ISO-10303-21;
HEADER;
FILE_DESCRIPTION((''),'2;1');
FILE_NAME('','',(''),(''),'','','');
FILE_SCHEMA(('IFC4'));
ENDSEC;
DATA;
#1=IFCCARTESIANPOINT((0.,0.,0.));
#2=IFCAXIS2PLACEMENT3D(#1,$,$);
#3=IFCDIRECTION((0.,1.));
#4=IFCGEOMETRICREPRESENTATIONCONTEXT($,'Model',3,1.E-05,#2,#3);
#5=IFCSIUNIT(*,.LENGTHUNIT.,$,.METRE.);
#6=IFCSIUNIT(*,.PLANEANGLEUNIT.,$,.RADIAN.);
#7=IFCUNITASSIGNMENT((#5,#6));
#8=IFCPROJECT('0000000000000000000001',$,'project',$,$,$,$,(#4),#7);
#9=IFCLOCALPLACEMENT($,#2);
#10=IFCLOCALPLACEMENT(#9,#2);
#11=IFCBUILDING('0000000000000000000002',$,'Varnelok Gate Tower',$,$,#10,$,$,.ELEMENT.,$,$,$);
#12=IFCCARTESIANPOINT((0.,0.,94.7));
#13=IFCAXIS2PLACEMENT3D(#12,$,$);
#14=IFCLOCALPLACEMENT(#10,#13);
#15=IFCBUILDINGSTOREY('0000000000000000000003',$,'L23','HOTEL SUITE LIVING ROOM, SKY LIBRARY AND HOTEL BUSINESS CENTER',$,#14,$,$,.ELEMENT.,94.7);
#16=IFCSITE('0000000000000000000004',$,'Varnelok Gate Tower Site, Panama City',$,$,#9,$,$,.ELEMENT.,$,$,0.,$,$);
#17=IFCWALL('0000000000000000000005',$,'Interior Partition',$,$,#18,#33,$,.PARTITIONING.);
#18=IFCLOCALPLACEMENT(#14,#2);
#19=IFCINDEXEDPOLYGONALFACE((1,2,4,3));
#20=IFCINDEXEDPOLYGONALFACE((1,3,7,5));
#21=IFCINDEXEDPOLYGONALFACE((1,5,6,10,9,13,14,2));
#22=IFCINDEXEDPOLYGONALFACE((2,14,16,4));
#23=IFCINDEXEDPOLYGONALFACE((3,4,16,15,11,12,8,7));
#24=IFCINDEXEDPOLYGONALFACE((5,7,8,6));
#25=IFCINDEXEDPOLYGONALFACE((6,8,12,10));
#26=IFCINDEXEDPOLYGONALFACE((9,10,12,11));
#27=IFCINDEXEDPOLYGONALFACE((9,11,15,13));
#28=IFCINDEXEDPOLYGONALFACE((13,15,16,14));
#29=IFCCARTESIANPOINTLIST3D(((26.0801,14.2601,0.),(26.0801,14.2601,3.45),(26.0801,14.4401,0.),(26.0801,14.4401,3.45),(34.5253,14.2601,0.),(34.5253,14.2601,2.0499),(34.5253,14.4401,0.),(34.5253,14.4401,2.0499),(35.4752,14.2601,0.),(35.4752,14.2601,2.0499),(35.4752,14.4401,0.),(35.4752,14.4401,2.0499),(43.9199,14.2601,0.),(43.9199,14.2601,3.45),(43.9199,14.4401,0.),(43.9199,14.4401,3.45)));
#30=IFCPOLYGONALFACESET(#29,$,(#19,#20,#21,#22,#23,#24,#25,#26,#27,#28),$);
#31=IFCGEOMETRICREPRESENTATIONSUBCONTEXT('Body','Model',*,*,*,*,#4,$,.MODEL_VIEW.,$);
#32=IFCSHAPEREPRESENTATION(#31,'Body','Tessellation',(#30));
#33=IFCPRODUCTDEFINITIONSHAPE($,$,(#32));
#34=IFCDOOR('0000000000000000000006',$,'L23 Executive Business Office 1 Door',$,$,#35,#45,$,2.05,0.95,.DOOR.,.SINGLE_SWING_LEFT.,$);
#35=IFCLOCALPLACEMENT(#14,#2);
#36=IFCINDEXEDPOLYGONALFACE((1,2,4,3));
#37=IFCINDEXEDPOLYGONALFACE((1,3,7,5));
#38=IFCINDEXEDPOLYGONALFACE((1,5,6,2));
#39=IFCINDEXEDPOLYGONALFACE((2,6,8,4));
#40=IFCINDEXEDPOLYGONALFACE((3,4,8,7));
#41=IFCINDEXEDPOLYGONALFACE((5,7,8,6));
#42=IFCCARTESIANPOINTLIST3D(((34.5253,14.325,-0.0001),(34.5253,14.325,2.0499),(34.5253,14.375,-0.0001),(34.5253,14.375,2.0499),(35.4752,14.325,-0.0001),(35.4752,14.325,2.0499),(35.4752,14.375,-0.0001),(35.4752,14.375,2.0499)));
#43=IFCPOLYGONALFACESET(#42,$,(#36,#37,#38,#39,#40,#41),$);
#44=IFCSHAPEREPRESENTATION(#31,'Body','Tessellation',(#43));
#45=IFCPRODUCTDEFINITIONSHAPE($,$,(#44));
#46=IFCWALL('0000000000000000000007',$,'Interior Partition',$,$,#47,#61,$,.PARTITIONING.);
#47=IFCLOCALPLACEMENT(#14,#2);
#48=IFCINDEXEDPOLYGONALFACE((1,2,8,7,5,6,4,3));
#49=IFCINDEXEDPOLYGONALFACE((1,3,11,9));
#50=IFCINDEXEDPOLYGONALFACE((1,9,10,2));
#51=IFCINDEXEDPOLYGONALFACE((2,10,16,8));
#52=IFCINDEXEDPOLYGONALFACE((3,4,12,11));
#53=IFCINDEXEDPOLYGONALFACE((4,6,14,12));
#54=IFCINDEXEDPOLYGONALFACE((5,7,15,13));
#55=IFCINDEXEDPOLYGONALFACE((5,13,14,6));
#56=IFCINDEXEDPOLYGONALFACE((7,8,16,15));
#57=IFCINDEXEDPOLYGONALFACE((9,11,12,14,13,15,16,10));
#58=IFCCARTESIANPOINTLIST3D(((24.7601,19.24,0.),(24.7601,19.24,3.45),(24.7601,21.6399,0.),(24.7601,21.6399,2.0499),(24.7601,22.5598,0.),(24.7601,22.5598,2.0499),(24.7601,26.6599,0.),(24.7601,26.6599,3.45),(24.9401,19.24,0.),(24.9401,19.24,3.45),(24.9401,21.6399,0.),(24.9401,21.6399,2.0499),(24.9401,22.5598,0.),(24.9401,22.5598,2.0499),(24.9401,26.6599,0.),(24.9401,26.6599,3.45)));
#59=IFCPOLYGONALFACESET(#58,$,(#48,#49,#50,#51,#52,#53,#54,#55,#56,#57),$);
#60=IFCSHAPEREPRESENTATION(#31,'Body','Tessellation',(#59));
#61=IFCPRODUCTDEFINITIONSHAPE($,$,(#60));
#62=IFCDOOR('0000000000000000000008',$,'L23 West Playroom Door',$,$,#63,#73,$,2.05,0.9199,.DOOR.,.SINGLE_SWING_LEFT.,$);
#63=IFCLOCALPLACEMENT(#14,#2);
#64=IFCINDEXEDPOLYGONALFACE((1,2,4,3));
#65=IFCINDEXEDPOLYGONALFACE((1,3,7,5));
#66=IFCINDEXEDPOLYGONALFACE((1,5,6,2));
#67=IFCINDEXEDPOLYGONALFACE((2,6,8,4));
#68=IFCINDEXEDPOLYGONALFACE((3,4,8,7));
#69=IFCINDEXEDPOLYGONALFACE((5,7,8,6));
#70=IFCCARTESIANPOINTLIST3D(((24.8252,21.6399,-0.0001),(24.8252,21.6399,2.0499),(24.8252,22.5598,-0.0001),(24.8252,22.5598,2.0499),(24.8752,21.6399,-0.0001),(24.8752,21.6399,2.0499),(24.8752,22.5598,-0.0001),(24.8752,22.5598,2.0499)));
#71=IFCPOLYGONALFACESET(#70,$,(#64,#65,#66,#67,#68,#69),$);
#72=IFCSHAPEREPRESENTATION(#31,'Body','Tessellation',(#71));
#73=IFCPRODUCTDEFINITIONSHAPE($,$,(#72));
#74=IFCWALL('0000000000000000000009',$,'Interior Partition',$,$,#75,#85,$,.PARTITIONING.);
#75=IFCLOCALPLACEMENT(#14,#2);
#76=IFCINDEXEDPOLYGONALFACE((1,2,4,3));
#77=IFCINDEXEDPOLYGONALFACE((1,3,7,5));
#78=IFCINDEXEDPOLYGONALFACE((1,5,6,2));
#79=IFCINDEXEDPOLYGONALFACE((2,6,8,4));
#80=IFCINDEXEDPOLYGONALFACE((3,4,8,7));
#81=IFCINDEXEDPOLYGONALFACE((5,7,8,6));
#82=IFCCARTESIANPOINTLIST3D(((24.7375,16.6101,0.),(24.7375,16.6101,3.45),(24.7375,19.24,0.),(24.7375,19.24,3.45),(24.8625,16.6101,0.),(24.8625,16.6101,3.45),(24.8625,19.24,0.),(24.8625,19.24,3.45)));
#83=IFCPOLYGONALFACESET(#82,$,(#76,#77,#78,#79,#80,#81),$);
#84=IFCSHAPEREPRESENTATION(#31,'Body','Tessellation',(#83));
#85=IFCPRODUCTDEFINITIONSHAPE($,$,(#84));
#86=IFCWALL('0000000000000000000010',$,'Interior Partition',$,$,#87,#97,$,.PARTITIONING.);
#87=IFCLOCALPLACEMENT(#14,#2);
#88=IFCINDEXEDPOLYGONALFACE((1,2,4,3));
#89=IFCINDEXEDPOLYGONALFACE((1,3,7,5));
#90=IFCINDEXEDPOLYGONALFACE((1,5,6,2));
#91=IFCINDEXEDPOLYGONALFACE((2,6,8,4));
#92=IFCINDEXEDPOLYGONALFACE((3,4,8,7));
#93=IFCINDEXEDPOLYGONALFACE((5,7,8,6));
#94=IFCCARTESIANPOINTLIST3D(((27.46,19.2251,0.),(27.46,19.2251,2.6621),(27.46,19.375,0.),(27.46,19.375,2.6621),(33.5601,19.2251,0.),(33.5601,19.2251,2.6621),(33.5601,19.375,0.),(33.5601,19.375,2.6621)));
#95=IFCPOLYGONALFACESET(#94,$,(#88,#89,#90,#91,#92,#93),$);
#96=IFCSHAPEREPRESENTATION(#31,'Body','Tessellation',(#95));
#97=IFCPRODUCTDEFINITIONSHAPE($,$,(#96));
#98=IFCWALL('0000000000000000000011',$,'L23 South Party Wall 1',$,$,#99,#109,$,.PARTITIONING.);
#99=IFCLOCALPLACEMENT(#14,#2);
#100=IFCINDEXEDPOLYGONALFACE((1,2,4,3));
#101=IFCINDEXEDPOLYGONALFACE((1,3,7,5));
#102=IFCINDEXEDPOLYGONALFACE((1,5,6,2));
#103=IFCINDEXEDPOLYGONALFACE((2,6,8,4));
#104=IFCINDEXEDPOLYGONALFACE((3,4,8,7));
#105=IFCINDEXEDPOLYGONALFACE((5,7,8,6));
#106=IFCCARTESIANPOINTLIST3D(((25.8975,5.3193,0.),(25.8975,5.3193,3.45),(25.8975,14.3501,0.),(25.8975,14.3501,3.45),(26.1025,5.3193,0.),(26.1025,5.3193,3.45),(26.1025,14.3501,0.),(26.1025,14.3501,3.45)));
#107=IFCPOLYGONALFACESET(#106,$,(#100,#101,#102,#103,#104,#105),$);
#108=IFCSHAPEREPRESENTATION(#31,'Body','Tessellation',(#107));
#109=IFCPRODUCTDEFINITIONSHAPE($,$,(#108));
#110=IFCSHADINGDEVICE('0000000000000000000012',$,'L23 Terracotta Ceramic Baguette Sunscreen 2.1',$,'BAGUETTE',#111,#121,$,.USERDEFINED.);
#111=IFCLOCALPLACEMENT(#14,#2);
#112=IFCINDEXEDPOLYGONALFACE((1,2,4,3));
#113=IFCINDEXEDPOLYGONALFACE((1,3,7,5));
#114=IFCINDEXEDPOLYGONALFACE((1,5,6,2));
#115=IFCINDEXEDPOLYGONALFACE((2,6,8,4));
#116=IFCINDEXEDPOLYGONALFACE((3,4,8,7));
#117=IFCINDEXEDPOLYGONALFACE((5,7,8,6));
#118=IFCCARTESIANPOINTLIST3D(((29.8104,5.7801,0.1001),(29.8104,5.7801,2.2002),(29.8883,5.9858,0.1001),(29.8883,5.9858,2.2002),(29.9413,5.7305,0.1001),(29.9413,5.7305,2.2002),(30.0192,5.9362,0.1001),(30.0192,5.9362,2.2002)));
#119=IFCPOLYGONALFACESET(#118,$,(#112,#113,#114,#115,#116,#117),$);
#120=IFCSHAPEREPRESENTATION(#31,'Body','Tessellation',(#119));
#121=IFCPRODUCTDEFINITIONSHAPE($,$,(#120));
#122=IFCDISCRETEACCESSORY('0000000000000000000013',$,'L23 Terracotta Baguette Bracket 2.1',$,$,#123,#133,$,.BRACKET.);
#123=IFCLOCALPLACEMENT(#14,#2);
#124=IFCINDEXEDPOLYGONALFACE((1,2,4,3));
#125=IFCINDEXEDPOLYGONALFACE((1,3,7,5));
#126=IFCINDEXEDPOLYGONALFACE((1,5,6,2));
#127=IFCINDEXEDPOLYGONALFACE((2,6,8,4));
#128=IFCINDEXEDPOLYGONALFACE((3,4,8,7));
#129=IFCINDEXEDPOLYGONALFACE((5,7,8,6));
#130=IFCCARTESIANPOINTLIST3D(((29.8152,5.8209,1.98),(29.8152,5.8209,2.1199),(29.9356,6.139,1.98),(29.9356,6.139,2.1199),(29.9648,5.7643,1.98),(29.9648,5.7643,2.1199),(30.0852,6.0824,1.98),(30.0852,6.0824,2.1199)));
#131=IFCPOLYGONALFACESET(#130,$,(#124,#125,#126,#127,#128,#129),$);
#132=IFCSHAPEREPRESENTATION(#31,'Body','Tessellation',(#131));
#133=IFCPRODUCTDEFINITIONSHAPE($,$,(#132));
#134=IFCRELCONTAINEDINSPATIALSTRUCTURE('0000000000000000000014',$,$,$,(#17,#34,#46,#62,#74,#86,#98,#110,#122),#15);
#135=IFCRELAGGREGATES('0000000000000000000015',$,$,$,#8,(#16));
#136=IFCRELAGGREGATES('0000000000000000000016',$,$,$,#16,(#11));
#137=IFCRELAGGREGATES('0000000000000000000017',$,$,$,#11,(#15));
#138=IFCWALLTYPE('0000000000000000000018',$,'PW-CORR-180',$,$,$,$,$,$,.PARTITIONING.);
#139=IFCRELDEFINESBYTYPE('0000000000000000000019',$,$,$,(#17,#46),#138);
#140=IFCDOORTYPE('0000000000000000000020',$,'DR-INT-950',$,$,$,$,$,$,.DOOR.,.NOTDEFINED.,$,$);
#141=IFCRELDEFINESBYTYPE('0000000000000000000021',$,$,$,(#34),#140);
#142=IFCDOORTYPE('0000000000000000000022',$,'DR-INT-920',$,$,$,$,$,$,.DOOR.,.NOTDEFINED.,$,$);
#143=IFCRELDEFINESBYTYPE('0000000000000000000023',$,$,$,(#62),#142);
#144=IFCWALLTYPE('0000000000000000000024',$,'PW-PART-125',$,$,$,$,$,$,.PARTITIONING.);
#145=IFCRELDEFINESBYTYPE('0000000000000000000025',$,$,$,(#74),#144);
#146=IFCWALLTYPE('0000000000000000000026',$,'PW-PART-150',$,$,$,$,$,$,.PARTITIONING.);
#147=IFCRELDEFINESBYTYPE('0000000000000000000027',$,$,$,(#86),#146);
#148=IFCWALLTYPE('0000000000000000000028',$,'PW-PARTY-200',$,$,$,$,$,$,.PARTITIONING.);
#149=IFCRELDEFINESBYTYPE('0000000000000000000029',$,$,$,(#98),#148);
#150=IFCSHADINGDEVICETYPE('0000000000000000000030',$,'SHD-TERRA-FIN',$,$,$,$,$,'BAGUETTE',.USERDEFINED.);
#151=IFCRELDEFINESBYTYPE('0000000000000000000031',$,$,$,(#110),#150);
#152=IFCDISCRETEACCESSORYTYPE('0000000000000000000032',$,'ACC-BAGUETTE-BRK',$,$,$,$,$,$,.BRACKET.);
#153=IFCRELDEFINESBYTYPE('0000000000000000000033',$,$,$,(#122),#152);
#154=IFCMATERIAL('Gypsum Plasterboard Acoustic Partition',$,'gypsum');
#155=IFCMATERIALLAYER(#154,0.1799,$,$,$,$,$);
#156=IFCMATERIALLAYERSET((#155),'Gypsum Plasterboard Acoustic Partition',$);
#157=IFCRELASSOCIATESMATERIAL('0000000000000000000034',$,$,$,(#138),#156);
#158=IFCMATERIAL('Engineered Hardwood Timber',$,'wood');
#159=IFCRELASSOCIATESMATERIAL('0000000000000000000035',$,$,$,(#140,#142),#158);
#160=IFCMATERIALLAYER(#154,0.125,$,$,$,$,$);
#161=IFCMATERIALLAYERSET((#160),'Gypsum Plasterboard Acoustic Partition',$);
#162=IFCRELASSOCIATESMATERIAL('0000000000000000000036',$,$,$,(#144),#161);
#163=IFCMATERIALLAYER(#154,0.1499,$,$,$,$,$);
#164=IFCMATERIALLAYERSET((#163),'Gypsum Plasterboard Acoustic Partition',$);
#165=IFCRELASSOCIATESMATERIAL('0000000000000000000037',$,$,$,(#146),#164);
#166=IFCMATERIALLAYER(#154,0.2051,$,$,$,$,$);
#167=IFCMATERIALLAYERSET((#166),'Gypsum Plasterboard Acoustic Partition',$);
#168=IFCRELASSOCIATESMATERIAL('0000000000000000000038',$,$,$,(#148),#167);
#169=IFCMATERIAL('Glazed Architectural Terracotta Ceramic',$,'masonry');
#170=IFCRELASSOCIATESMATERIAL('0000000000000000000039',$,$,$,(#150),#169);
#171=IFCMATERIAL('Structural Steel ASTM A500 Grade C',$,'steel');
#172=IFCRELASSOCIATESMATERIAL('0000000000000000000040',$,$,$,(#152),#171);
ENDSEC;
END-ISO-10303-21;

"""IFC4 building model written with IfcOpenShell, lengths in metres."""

from ifc_helpers import new_model, si_unit, direction, frame, frame_2d, origin, origin_2d, place, context, subcontext, project, spatial, rectangle, extrude, source, transform, mapped, material, layer, layer_set, type_object, element, fill, save


model = new_model("IFC4")

# Units and contexts
model_context = context("Model", 3, precision=1e-05, world=origin(), true_north=direction((0.0, 1.0)))
body_context = subcontext(model_context, "Body", "Model", "MODEL_VIEW")
ifc_project = project(units=[si_unit("LENGTHUNIT", "METRE"), si_unit("PLANEANGLEUNIT", "RADIAN")], contexts=[model_context])

# Site, building, storey
site_placement = place(None, origin())
site = spatial("IfcSite", under=ifc_project, at=site_placement, Name="Varnelok Gate Tower Site, Panama City", CompositionType="ELEMENT", RefElevation=0.0)
building_placement = place(site_placement, origin())
building = spatial("IfcBuilding", under=site, at=building_placement, Name="Varnelok Gate Tower", CompositionType="ELEMENT")
storey_placement = place(building_placement, frame((0.0, 0.0, 94.7)))
storey = spatial("IfcBuildingStorey", under=building, at=storey_placement, Name="L23", Description="HOTEL SUITE LIVING ROOM, SKY LIBRARY AND HOTEL BUSINESS CENTER", CompositionType="ELEMENT", Elevation=94.7)

# Walls, openings, doors
ifc_material_1 = material(Name="Gypsum Plasterboard Acoustic Partition", Category="gypsum")
ifc_layer_1 = layer(ifc_material_1, 0.1799)
ifc_layer_set_1 = layer_set([ifc_layer_1], Name="Gypsum Plasterboard Acoustic Partition")
wall_type_1 = type_object("IfcWallType", Name="PW-CORR-180", PredefinedType="PARTITIONING", material=ifc_layer_set_1)
wall_1_placement = place(storey_placement, frame((26.0801, 14.3501, 0.0), z_axis=(0.0, 0.0, 1.0), x_axis=(1.0, 0.0, 0.0)))
wall_1 = element("IfcWall", 1, at=wall_1_placement, inside=storey, type_object=wall_type_1, Name="Interior Partition", PredefinedType="PARTITIONING", context=body_context, shape_type="SweptSolid", body=[
    extrude(rectangle(XDim=17.8398, YDim=0.1799, at=frame_2d((8.9199, 0.0))), origin(), (0.0, 0.0, 1.0), 3.45),
])
opening_1_placement = place(wall_1_placement, frame((8.4451, 0.0, 0.0)))
opening_1 = element("IfcOpeningElement", 2, at=opening_1_placement, cuts=wall_1, PredefinedType="OPENING", context=body_context, shape_type="SweptSolid", body=[
    extrude(rectangle(XDim=0.95, YDim=2.05, at=frame_2d((0.4751, 1.0249))), frame((0.0, 0.0999, 0.0), z_axis=(0.0, -1.0, 0.0), x_axis=(1.0, 0.0, 0.0)), (0.0, 0.0, 1.0), 0.2),
])
ifc_material_2 = material(Name="Engineered Hardwood Timber", Category="wood")
door_type_1 = type_object("IfcDoorType", Name="DR-INT-950", OperationType="NOTDEFINED", PredefinedType="DOOR", material=ifc_material_2)
door_1_placement = place(opening_1_placement, origin())
door_1 = element("IfcDoor", 3, at=door_1_placement, inside=storey, type_object=door_type_1, Name="L23 Executive Business Office 1 Door", OperationType="SINGLE_SWING_LEFT", OverallHeight=2.05, OverallWidth=0.95, PredefinedType="DOOR", context=body_context, shape_type="SweptSolid", body=[
    extrude(rectangle(XDim=0.95, YDim=2.05, at=frame_2d((0.4751, 1.0249))), frame((0.0, 0.0249, 0.0), z_axis=(0.0, -1.0, 0.0), x_axis=(1.0, 0.0, 0.0)), (0.0, 0.0, 1.0), 0.05),
])
fill(opening_1, door_1)
wall_2_placement = place(storey_placement, frame((24.8501, 19.24, 0.0), z_axis=(0.0, 0.0, 1.0), x_axis=(0.0, 1.0, 0.0)))
wall_2 = element("IfcWall", 4, at=wall_2_placement, inside=storey, type_object=wall_type_1, Name="Interior Partition", PredefinedType="PARTITIONING", context=body_context, shape_type="SweptSolid", body=[
    extrude(rectangle(XDim=7.4199, YDim=0.1799, at=frame_2d((3.71, 0.0))), origin(), (0.0, 0.0, 1.0), 3.45),
])
opening_2_placement = place(wall_2_placement, frame((2.3999, 0.0, 0.0)))
opening_2 = element("IfcOpeningElement", 5, at=opening_2_placement, cuts=wall_2, PredefinedType="OPENING", context=body_context, shape_type="SweptSolid", body=[
    extrude(rectangle(XDim=0.9199, YDim=2.05, at=frame_2d((0.46, 1.0249))), frame((0.0, 0.0999, 0.0), z_axis=(0.0, -1.0, 0.0), x_axis=(1.0, 0.0, 0.0)), (0.0, 0.0, 1.0), 0.2),
])
door_type_2 = type_object("IfcDoorType", Name="DR-INT-920", OperationType="NOTDEFINED", PredefinedType="DOOR", material=ifc_material_2)
door_2_placement = place(opening_2_placement, origin())
door_2 = element("IfcDoor", 6, at=door_2_placement, inside=storey, type_object=door_type_2, Name="L23 West Playroom Door", OperationType="SINGLE_SWING_LEFT", OverallHeight=2.05, OverallWidth=0.9199, PredefinedType="DOOR", context=body_context, shape_type="SweptSolid", body=[
    extrude(rectangle(XDim=0.9199, YDim=2.05, at=frame_2d((0.46, 1.0249))), frame((0.0, 0.0249, 0.0), z_axis=(0.0, -1.0, 0.0), x_axis=(1.0, 0.0, 0.0)), (0.0, 0.0, 1.0), 0.05),
])
fill(opening_2, door_2)

# Walls
ifc_layer_2 = layer(ifc_material_1, 0.125)
ifc_layer_set_2 = layer_set([ifc_layer_2], Name="Gypsum Plasterboard Acoustic Partition")
wall_type_2 = type_object("IfcWallType", Name="PW-PART-125", PredefinedType="PARTITIONING", material=ifc_layer_set_2)
wall_3_placement = place(storey_placement, frame((24.8, 16.6101, 0.0), z_axis=(0.0, 0.0, 1.0), x_axis=(0.0, 1.0, 0.0)))
element("IfcWall", 7, at=wall_3_placement, inside=storey, type_object=wall_type_2, Name="Interior Partition", PredefinedType="PARTITIONING", context=body_context, shape_type="SweptSolid", body=[
    extrude(rectangle(XDim=2.6299, YDim=0.125, at=frame_2d((1.3149, 0.0))), origin(), (0.0, 0.0, 1.0), 3.45),
])
ifc_layer_3 = layer(ifc_material_1, 0.1499)
ifc_layer_set_3 = layer_set([ifc_layer_3], Name="Gypsum Plasterboard Acoustic Partition")
wall_type_3 = type_object("IfcWallType", Name="PW-PART-150", PredefinedType="PARTITIONING", material=ifc_layer_set_3)
wall_4_placement = place(storey_placement, frame((27.46, 19.3, 0.0), z_axis=(0.0, 0.0, 1.0), x_axis=(1.0, 0.0, 0.0)))
element("IfcWall", 8, at=wall_4_placement, inside=storey, type_object=wall_type_3, Name="Interior Partition", PredefinedType="PARTITIONING", context=body_context, shape_type="SweptSolid", body=[
    extrude(rectangle(XDim=6.1001, YDim=0.1499, at=frame_2d((3.05, 0.0))), origin(), (0.0, 0.0, 1.0), 2.6621),
])
ifc_layer_4 = layer(ifc_material_1, 0.2051)
ifc_layer_set_4 = layer_set([ifc_layer_4], Name="Gypsum Plasterboard Acoustic Partition")
wall_type_4 = type_object("IfcWallType", Name="PW-PARTY-200", PredefinedType="PARTITIONING", material=ifc_layer_set_4)
wall_5_placement = place(storey_placement, frame((26.0, 5.3193, 0.0), z_axis=(0.0, 0.0, 1.0), x_axis=(0.0, 1.0, 0.0)))
element("IfcWall", 9, at=wall_5_placement, inside=storey, type_object=wall_type_4, Name="L23 South Party Wall 1", PredefinedType="PARTITIONING", context=body_context, shape_type="SweptSolid", body=[
    extrude(rectangle(XDim=9.0308, YDim=0.2051, at=frame_2d((4.5154, 0.0))), origin(), (0.0, 0.0, 1.0), 3.45),
])

# Shading device
ifc_material_3 = material(Name="Glazed Architectural Terracotta Ceramic", Category="masonry")
shading_device_type = type_object("IfcShadingDeviceType", Name="SHD-TERRA-FIN", ElementType="BAGUETTE", PredefinedType="USERDEFINED", material=ifc_material_3)
shared_shape_1 = source(origin(), body_context, "Body", "SweptSolid", [
    extrude(rectangle(XDim=0.1399, YDim=0.22, at=origin_2d()), origin(), (0.0, 0.0, 1.0), 2.1001),
])
shading_device_placement = place(storey_placement, frame((29.9148, 5.8582, 0.1001), z_axis=(0.0, 0.0, 1.0), x_axis=(0.935222, -0.354063, 0.0)))
element("IfcShadingDevice", 10, at=shading_device_placement, inside=storey, type_object=shading_device_type, Name="L23 Terracotta Ceramic Baguette Sunscreen 2.1", ObjectType="BAGUETTE", PredefinedType="USERDEFINED", context=body_context, shape_type="MappedRepresentation", body=[
    mapped(shared_shape_1, transform((0.0, 0.0, 0.0), scale=1.0)),
])

# Discrete accessory
ifc_material_4 = material(Name="Structural Steel ASTM A500 Grade C", Category="steel")
discrete_accessory_type = type_object("IfcDiscreteAccessoryType", Name="ACC-BAGUETTE-BRK", PredefinedType="BRACKET", material=ifc_material_4)
shared_shape_2 = source(origin(), body_context, "Body", "SweptSolid", [
    extrude(rectangle(XDim=0.1599, YDim=0.3401, at=origin_2d()), origin(), (0.0, 0.0, 1.0), 0.1399),
])
discrete_accessory_placement = place(storey_placement, frame((29.9502, 5.9517, 1.98), z_axis=(0.0, 0.0, 1.0), x_axis=(0.935222, -0.354063, 0.0)))
element("IfcDiscreteAccessory", 11, at=discrete_accessory_placement, inside=storey, type_object=discrete_accessory_type, Name="L23 Terracotta Baguette Bracket 2.1", PredefinedType="BRACKET", context=body_context, shape_type="MappedRepresentation", body=[
    mapped(shared_shape_2, transform((0.0, 0.0, 0.0), scale=1.0)),
])

save(model, "model.ifc")
